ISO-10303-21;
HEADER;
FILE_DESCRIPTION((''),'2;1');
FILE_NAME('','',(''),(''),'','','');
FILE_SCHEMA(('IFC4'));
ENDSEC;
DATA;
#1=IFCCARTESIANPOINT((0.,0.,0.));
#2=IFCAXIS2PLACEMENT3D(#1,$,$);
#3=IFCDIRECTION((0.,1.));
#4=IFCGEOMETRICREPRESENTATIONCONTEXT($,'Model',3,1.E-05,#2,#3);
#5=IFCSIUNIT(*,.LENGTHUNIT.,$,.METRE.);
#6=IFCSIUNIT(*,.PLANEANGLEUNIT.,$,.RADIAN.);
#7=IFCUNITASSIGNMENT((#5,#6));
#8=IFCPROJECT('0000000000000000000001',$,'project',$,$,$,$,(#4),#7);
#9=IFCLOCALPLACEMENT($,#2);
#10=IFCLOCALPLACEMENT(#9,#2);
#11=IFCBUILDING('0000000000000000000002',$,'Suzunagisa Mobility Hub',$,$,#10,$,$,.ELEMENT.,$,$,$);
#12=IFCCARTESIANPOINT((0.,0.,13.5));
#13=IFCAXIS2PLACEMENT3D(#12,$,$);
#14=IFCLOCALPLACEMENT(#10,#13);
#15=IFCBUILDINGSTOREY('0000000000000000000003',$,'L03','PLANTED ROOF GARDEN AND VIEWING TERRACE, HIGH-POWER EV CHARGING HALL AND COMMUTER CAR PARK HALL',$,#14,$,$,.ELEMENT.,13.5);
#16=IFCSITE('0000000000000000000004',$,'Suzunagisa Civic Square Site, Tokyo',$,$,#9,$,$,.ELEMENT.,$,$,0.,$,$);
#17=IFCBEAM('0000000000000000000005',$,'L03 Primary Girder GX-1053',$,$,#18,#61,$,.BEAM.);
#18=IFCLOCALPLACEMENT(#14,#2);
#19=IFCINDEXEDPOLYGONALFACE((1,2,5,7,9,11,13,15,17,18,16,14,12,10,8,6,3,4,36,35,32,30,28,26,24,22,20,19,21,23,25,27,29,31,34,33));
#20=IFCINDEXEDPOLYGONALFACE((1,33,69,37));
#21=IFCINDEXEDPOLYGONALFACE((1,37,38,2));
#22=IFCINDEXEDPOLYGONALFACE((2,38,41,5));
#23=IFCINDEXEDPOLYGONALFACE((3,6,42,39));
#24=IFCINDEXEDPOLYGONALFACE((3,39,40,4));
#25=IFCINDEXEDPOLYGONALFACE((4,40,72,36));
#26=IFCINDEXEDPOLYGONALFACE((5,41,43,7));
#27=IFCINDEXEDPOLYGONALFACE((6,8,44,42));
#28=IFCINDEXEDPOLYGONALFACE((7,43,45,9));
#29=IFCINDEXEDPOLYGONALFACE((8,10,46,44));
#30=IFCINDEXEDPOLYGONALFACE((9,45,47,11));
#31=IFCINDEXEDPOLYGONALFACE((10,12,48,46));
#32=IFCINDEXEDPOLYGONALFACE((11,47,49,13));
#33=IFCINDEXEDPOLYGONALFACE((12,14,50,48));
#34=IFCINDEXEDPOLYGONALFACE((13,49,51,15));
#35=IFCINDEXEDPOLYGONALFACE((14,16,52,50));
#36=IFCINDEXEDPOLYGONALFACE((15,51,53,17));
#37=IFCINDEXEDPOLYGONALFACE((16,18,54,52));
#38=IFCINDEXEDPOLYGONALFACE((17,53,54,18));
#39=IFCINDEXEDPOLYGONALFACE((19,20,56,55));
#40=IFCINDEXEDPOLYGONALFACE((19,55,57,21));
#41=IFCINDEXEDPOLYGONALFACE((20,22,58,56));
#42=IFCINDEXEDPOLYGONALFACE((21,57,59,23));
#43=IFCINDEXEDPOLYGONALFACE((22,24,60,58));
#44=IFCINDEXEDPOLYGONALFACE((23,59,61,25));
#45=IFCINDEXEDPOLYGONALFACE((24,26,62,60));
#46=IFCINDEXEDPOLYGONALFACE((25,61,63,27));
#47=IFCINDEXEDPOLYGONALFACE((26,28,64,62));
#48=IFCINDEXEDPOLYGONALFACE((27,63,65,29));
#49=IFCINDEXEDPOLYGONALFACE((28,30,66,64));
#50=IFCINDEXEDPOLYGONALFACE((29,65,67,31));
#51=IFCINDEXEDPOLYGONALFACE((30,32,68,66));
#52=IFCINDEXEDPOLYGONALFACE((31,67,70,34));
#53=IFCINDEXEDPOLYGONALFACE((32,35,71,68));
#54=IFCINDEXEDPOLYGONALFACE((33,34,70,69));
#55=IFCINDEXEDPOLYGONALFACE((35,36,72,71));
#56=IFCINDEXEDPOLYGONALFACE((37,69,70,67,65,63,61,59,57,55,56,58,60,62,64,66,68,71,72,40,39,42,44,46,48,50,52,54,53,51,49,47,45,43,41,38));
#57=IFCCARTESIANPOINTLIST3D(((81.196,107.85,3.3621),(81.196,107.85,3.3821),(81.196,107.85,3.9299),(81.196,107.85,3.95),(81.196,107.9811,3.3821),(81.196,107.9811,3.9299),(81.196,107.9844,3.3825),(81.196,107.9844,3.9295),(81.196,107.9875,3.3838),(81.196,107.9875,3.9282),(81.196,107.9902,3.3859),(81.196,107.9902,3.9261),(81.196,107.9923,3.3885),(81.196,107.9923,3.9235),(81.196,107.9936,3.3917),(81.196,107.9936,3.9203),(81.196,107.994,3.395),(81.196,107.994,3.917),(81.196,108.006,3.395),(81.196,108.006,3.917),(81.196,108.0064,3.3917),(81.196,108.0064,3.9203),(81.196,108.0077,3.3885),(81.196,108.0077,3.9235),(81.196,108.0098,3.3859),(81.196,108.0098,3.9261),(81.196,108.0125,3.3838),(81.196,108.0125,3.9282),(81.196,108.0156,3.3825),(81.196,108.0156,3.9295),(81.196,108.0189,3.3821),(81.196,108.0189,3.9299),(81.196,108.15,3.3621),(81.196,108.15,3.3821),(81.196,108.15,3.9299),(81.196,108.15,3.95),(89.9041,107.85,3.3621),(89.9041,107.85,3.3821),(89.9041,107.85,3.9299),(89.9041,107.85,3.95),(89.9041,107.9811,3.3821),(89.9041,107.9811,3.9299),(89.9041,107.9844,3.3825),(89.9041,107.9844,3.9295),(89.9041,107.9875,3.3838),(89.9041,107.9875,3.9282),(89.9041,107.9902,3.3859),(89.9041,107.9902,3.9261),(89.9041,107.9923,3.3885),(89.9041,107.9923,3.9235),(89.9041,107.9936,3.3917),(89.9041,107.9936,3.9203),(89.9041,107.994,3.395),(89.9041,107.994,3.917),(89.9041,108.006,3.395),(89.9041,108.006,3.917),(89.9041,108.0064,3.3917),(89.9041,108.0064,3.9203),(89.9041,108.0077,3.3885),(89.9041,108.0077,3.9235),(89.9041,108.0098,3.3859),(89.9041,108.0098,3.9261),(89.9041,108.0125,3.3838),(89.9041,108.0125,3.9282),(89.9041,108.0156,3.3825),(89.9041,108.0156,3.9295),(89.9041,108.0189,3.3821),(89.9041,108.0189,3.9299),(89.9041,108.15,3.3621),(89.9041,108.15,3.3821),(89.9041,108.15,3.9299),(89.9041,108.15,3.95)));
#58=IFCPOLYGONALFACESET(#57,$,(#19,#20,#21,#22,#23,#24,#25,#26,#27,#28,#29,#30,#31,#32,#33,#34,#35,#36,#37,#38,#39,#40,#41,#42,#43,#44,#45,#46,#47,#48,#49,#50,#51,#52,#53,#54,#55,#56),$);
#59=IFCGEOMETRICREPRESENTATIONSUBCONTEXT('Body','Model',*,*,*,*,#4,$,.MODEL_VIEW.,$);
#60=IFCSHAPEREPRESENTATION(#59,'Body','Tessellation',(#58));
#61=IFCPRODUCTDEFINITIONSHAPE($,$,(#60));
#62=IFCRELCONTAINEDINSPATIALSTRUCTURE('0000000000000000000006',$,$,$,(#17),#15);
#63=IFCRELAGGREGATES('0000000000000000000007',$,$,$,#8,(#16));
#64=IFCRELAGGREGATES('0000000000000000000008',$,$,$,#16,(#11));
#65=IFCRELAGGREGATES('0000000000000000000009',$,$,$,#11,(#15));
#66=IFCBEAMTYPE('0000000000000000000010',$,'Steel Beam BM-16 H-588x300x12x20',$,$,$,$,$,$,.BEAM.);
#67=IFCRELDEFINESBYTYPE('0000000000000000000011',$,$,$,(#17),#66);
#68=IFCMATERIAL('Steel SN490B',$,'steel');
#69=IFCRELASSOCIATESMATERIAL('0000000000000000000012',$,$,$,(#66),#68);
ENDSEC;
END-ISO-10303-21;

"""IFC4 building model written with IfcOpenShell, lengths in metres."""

from ifc_helpers import new_model, si_unit, direction, frame, origin, origin_2d, place, context, subcontext, project, spatial, i_section, extrude, material, material_profile, profile_set, type_object, element, save


model = new_model("IFC4")

# Units and contexts
model_context = context("Model", 3, precision=1e-05, world=origin(), true_north=direction((0.0, 1.0)))
body_context = subcontext(model_context, "Body", "Model", "MODEL_VIEW")
ifc_project = project(units=[si_unit("LENGTHUNIT", "METRE"), si_unit("PLANEANGLEUNIT", "RADIAN")], contexts=[model_context])

# Site, building, storey
site_placement = place(None, origin())
site = spatial("IfcSite", under=ifc_project, at=site_placement, Name="Suzunagisa Civic Square Site, Tokyo", CompositionType="ELEMENT", RefElevation=0.0)
building_placement = place(site_placement, origin())
building = spatial("IfcBuilding", under=site, at=building_placement, Name="Suzunagisa Mobility Hub", CompositionType="ELEMENT")
storey_placement = place(building_placement, frame((0.0, 0.0, 13.5)))
storey = spatial("IfcBuildingStorey", under=building, at=storey_placement, Name="L03", Description="PLANTED ROOF GARDEN AND VIEWING TERRACE, HIGH-POWER EV CHARGING HALL AND COMMUTER CAR PARK HALL", CompositionType="ELEMENT", Elevation=13.5)

# Shared definitions
ifc_material_1 = material(Name="Steel SN490B", Category="steel")

# Beam
ifc_material_profile_1 = material_profile(ifc_material_1, i_section(OverallWidth=0.3, OverallDepth=0.5879, WebThickness=0.012, FlangeThickness=0.02, FilletRadius=0.0129, at=origin_2d()), Name="H-588x300x12x20")
ifc_profile_set_1 = profile_set([ifc_material_profile_1], Name="Steel SN490B")
beam_type_1 = type_object("IfcBeamType", Name="Steel Beam BM-16 H-588x300x12x20", PredefinedType="BEAM", material=ifc_profile_set_1)
for number, where, z_axis, x_axis, name in (
    (1, (81.196, 108.0, 3.656), (1.0, 0.0, 0.0), (0.0, 1.0, 0.0), "L03 Primary Girder GX-1053"),
):
    element("IfcBeam", number, at=place(storey_placement, frame(where, z_axis=z_axis, x_axis=x_axis)), inside=storey, type_object=beam_type_1, Name=name, PredefinedType="BEAM", context=body_context, shape_type="SweptSolid", body=[
        extrude(i_section(OverallWidth=0.3, OverallDepth=0.5879, WebThickness=0.012, FlangeThickness=0.02, FilletRadius=0.0129, at=origin_2d()), origin(), (0.0, 0.0, 1.0), 8.708),
    ])

save(model, "model.ifc")
